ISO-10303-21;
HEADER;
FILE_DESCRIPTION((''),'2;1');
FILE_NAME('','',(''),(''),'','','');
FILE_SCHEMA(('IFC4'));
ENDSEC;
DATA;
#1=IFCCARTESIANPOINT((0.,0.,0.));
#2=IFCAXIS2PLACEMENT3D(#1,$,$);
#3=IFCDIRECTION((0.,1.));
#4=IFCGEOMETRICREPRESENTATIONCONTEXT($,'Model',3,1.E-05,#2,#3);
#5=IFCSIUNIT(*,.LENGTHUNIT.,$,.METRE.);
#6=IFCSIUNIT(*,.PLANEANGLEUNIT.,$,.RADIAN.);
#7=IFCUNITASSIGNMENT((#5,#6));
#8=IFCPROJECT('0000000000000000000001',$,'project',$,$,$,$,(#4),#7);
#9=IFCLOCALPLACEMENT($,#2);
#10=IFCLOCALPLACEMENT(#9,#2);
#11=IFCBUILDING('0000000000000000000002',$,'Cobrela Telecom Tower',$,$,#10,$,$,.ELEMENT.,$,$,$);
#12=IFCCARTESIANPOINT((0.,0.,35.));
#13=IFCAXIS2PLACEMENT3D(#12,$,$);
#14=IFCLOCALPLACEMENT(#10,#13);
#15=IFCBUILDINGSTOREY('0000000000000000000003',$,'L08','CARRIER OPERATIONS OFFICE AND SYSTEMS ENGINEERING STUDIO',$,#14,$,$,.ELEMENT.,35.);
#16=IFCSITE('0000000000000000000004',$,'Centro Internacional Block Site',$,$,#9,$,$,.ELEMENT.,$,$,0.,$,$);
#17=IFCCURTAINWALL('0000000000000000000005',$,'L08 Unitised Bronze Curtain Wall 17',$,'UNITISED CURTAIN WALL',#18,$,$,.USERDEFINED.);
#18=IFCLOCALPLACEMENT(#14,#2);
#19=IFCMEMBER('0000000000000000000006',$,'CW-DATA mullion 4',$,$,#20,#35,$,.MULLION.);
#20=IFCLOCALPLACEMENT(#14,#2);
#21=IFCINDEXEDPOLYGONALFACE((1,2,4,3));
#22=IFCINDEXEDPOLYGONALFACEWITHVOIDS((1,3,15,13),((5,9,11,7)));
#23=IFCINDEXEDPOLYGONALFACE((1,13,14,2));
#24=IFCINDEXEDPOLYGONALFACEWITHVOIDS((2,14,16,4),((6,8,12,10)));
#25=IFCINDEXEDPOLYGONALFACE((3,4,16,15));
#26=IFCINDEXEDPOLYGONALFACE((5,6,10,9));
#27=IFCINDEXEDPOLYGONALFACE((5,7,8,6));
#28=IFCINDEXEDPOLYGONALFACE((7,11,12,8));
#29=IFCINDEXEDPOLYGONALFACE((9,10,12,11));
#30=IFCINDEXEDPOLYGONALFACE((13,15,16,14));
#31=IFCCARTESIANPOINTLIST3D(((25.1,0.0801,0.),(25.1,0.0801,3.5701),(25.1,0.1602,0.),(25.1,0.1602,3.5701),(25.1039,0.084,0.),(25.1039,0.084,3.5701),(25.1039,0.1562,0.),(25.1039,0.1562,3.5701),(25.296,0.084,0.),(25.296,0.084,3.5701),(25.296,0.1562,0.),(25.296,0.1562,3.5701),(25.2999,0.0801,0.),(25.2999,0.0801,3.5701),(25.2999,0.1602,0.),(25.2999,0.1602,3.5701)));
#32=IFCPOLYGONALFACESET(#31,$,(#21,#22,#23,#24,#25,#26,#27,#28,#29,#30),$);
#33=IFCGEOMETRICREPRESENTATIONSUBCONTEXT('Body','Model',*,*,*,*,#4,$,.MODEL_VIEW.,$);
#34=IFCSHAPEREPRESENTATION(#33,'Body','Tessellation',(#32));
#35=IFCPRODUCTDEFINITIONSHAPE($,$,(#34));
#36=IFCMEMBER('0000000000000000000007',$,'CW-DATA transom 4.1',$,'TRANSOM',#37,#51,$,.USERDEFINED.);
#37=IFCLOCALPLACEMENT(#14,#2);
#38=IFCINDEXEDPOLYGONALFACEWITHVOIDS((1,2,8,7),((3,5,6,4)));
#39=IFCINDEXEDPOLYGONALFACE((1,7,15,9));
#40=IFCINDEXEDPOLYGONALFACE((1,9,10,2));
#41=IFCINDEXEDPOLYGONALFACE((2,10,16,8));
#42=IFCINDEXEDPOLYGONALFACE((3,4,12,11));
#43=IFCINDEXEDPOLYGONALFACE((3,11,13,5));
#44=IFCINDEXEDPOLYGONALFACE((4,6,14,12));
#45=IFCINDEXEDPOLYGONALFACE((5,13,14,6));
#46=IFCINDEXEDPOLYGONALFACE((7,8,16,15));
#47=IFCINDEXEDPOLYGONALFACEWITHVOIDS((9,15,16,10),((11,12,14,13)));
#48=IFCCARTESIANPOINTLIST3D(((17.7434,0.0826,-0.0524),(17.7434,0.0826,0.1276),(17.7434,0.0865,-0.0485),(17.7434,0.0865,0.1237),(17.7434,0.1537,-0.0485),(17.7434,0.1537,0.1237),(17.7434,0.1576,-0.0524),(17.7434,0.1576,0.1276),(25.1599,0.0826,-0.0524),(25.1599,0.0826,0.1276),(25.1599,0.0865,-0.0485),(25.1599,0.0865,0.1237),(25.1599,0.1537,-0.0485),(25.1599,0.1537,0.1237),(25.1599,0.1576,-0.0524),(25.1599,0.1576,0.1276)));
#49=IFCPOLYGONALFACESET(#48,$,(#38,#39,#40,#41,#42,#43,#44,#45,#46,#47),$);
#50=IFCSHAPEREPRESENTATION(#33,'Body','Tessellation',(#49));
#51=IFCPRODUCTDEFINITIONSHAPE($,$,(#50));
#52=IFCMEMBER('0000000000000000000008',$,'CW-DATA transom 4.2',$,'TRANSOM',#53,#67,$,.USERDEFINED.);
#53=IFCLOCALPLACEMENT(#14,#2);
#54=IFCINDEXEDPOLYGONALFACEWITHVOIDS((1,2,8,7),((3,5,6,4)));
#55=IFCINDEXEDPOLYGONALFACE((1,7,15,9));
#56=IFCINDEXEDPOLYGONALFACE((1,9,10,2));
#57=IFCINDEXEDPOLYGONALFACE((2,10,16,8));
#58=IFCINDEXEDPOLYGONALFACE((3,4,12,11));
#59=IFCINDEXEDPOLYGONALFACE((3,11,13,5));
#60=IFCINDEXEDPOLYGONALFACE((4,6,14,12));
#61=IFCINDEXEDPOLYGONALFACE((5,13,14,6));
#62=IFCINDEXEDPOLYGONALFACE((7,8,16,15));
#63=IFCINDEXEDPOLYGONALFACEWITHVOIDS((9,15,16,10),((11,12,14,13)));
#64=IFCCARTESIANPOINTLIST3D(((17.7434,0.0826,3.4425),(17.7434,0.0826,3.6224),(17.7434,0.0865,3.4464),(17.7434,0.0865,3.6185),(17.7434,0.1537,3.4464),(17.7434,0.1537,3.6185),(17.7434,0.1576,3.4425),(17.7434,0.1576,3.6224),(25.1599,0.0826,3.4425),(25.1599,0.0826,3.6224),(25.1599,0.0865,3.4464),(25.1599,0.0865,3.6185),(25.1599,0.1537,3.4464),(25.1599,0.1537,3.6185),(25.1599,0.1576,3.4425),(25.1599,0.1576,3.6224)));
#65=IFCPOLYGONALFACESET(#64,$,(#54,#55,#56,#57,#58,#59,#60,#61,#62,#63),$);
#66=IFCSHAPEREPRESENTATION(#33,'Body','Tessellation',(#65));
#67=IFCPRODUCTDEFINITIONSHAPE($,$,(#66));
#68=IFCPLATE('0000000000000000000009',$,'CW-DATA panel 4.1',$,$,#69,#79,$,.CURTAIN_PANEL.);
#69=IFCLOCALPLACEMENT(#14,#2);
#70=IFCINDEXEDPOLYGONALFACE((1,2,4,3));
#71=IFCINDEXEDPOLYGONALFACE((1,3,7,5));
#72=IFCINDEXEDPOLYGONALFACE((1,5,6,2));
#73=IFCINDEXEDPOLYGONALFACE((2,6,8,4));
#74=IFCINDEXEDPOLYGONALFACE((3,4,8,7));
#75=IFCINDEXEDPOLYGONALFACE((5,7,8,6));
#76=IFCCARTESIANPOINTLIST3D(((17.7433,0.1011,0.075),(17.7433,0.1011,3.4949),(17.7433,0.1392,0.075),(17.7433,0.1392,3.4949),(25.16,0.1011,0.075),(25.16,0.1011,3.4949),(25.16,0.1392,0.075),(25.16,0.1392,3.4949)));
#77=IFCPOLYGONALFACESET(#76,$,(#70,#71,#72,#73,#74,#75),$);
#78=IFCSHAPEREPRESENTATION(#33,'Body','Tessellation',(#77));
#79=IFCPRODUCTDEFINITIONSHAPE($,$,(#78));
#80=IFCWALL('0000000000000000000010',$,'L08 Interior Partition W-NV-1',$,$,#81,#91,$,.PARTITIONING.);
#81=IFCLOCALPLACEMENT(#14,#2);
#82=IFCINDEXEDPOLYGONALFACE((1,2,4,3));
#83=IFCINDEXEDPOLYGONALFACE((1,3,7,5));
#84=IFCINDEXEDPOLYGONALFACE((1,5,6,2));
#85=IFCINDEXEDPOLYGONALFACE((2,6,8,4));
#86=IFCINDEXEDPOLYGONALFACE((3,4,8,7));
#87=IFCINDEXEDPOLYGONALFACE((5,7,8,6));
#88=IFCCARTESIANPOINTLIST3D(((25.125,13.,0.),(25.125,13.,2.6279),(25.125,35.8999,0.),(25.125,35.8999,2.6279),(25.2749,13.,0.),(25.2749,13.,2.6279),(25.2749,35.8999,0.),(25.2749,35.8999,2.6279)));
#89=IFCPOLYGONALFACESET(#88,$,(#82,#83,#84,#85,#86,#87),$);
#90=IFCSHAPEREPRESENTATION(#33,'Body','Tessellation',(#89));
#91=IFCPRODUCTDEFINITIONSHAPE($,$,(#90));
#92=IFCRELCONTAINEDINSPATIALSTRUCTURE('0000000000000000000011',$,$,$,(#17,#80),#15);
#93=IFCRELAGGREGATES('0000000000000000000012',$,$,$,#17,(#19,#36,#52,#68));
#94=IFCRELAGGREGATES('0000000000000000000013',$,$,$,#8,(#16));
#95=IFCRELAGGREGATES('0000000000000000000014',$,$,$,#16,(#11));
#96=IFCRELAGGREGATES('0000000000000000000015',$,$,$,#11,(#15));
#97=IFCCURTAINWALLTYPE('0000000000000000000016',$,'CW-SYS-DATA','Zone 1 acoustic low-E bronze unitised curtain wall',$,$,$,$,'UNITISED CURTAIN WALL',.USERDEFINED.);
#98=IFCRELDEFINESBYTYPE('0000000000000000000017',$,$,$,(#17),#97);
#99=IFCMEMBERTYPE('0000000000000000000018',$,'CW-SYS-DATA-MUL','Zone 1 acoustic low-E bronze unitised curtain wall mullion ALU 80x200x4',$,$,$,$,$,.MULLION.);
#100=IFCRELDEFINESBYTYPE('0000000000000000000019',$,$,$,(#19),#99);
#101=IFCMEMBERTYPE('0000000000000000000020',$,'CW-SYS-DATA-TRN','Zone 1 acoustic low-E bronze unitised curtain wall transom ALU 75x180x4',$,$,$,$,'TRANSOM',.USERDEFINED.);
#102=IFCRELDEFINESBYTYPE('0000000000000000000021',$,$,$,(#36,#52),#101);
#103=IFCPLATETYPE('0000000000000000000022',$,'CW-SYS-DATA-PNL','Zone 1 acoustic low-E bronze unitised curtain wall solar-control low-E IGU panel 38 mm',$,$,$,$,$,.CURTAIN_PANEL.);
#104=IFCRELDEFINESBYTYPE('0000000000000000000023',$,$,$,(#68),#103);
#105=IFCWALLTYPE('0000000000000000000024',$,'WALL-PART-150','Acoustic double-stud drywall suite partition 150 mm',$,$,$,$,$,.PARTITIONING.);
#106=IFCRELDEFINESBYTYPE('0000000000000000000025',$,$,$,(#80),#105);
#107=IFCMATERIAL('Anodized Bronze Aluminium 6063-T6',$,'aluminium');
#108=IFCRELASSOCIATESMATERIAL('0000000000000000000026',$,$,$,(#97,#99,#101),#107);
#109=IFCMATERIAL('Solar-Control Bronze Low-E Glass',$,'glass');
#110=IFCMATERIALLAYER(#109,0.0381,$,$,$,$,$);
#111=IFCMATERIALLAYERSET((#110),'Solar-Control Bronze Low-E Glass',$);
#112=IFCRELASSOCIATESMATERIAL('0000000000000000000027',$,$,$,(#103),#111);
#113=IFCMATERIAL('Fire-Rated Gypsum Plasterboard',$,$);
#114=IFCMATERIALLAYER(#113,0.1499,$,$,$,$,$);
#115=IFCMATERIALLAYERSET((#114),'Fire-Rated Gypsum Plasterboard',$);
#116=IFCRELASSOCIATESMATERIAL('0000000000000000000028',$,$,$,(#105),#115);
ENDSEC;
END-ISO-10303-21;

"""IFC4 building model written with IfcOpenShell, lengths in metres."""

from ifc_helpers import new_model, si_unit, direction, frame, frame_2d, origin, origin_2d, place, context, subcontext, project, spatial, rectangle, hollow_rectangle, extrude, material, layer, layer_set, material_profile, profile_set, type_object, element, aggregate, save


model = new_model("IFC4")

# Units and contexts
model_context = context("Model", 3, precision=1e-05, world=origin(), true_north=direction((0.0, 1.0)))
body_context = subcontext(model_context, "Body", "Model", "MODEL_VIEW")
ifc_project = project(units=[si_unit("LENGTHUNIT", "METRE"), si_unit("PLANEANGLEUNIT", "RADIAN")], contexts=[model_context])

# Site, building, storey
site_placement = place(None, origin())
site = spatial("IfcSite", under=ifc_project, at=site_placement, Name="Centro Internacional Block Site", CompositionType="ELEMENT", RefElevation=0.0)
building_placement = place(site_placement, origin())
building = spatial("IfcBuilding", under=site, at=building_placement, Name="Cobrela Telecom Tower", CompositionType="ELEMENT")
storey_placement = place(building_placement, frame((0.0, 0.0, 35.0)))
storey = spatial("IfcBuildingStorey", under=building, at=storey_placement, Name="L08", Description="CARRIER OPERATIONS OFFICE AND SYSTEMS ENGINEERING STUDIO", CompositionType="ELEMENT", Elevation=35.0)

# Curtain wall, members, plate
ifc_material_1 = material(Name="Anodized Bronze Aluminium 6063-T6", Category="aluminium")
curtain_wall_type = type_object("IfcCurtainWallType", Name="CW-SYS-DATA", Description="Zone 1 acoustic low-E bronze unitised curtain wall", ElementType="UNITISED CURTAIN WALL", PredefinedType="USERDEFINED", material=ifc_material_1)
curtain_wall_placement = place(storey_placement, origin())
curtain_wall = element("IfcCurtainWall", 1, at=curtain_wall_placement, inside=storey, type_object=curtain_wall_type, Name="L08 Unitised Bronze Curtain Wall 17", ObjectType="UNITISED CURTAIN WALL", PredefinedType="USERDEFINED")
ifc_material_profile_1 = material_profile(ifc_material_1, hollow_rectangle(XDim=0.0801, YDim=0.2, WallThickness=0.0039, at=origin_2d()), Name="ALU 80x200x4")
ifc_profile_set_1 = profile_set([ifc_material_profile_1], Name="Anodized Bronze Aluminium 6063-T6")
member_type_1 = type_object("IfcMemberType", Name="CW-SYS-DATA-MUL", Description="Zone 1 acoustic low-E bronze unitised curtain wall mullion ALU 80x200x4", PredefinedType="MULLION", material=ifc_profile_set_1)
member_1_placement = place(storey_placement, frame((25.2, 0.1201, 0.0), z_axis=(0.0, 0.0, 1.0), x_axis=(0.0, -1.0, 0.0)))
member_1 = element("IfcMember", 2, at=member_1_placement, type_object=member_type_1, Name="CW-DATA mullion 4", PredefinedType="MULLION", context=body_context, shape_type="SweptSolid", body=[
    extrude(hollow_rectangle(XDim=0.0801, YDim=0.2, WallThickness=0.0039, at=origin_2d()), origin(), (0.0, 0.0, 1.0), 3.5701),
])
ifc_material_profile_2 = material_profile(ifc_material_1, hollow_rectangle(XDim=0.075, YDim=0.1799, WallThickness=0.0039, at=origin_2d()), Name="ALU 75x180x4")
ifc_profile_set_2 = profile_set([ifc_material_profile_2], Name="Anodized Bronze Aluminium 6063-T6")
member_type_2 = type_object("IfcMemberType", Name="CW-SYS-DATA-TRN", Description="Zone 1 acoustic low-E bronze unitised curtain wall transom ALU 75x180x4", ElementType="TRANSOM", PredefinedType="USERDEFINED", material=ifc_profile_set_2)
member_2_placement = place(storey_placement, frame((25.1599, 0.1201, 0.0376), z_axis=(-1.0, 0.0, 0.0), x_axis=(0.0, -1.0, 0.0)))
member_2 = element("IfcMember", 3, at=member_2_placement, type_object=member_type_2, Name="CW-DATA transom 4.1", ObjectType="TRANSOM", PredefinedType="USERDEFINED", context=body_context, shape_type="SweptSolid", body=[
    extrude(hollow_rectangle(XDim=0.075, YDim=0.1799, WallThickness=0.0039, at=origin_2d()), origin(), (0.0, 0.0, 1.0), 7.4165),
])
member_3_placement = place(storey_placement, frame((25.1599, 0.1201, 3.5325), z_axis=(-1.0, 0.0, 0.0), x_axis=(0.0, -1.0, 0.0)))
member_3 = element("IfcMember", 4, at=member_3_placement, type_object=member_type_2, Name="CW-DATA transom 4.2", ObjectType="TRANSOM", PredefinedType="USERDEFINED", context=body_context, shape_type="SweptSolid", body=[
    extrude(hollow_rectangle(XDim=0.075, YDim=0.1799, WallThickness=0.0039, at=origin_2d()), origin(), (0.0, 0.0, 1.0), 7.4165),
])
ifc_material_2 = material(Name="Solar-Control Bronze Low-E Glass", Category="glass")
ifc_layer_1 = layer(ifc_material_2, 0.0381)
ifc_layer_set_1 = layer_set([ifc_layer_1], Name="Solar-Control Bronze Low-E Glass")
plate_type = type_object("IfcPlateType", Name="CW-SYS-DATA-PNL", Description="Zone 1 acoustic low-E bronze unitised curtain wall solar-control low-E IGU panel 38 mm", PredefinedType="CURTAIN_PANEL", material=ifc_layer_set_1)
plate_placement = place(storey_placement, frame((21.4517, 0.1201, 0.075), z_axis=(0.0, 0.0, 1.0), x_axis=(-1.0, 0.0, 0.0)))
plate = element("IfcPlate", 5, at=plate_placement, type_object=plate_type, Name="CW-DATA panel 4.1", PredefinedType="CURTAIN_PANEL", context=body_context, shape_type="SweptSolid", body=[
    extrude(rectangle(XDim=7.4167, YDim=0.0381, at=origin_2d()), origin(), (0.0, 0.0, 1.0), 3.4199),
])
aggregate(curtain_wall, [member_1, member_2, member_3, plate])

# Wall
ifc_material_3 = material(Name="Fire-Rated Gypsum Plasterboard")
ifc_layer_2 = layer(ifc_material_3, 0.1499)
ifc_layer_set_2 = layer_set([ifc_layer_2], Name="Fire-Rated Gypsum Plasterboard")
wall_type = type_object("IfcWallType", Name="WALL-PART-150", Description="Acoustic double-stud drywall suite partition 150 mm", PredefinedType="PARTITIONING", material=ifc_layer_set_2)
wall_placement = place(storey_placement, frame((25.2, 13.0, 0.0), z_axis=(0.0, 0.0, 1.0), x_axis=(0.0, 1.0, 0.0)))
element("IfcWall", 6, at=wall_placement, inside=storey, type_object=wall_type, Name="L08 Interior Partition W-NV-1", PredefinedType="PARTITIONING", context=body_context, shape_type="SweptSolid", body=[
    extrude(rectangle(XDim=22.8999, YDim=0.1499, at=frame_2d((11.45, 0.0))), origin(), (0.0, 0.0, 1.0), 2.6279),
])

save(model, "model.ifc")
